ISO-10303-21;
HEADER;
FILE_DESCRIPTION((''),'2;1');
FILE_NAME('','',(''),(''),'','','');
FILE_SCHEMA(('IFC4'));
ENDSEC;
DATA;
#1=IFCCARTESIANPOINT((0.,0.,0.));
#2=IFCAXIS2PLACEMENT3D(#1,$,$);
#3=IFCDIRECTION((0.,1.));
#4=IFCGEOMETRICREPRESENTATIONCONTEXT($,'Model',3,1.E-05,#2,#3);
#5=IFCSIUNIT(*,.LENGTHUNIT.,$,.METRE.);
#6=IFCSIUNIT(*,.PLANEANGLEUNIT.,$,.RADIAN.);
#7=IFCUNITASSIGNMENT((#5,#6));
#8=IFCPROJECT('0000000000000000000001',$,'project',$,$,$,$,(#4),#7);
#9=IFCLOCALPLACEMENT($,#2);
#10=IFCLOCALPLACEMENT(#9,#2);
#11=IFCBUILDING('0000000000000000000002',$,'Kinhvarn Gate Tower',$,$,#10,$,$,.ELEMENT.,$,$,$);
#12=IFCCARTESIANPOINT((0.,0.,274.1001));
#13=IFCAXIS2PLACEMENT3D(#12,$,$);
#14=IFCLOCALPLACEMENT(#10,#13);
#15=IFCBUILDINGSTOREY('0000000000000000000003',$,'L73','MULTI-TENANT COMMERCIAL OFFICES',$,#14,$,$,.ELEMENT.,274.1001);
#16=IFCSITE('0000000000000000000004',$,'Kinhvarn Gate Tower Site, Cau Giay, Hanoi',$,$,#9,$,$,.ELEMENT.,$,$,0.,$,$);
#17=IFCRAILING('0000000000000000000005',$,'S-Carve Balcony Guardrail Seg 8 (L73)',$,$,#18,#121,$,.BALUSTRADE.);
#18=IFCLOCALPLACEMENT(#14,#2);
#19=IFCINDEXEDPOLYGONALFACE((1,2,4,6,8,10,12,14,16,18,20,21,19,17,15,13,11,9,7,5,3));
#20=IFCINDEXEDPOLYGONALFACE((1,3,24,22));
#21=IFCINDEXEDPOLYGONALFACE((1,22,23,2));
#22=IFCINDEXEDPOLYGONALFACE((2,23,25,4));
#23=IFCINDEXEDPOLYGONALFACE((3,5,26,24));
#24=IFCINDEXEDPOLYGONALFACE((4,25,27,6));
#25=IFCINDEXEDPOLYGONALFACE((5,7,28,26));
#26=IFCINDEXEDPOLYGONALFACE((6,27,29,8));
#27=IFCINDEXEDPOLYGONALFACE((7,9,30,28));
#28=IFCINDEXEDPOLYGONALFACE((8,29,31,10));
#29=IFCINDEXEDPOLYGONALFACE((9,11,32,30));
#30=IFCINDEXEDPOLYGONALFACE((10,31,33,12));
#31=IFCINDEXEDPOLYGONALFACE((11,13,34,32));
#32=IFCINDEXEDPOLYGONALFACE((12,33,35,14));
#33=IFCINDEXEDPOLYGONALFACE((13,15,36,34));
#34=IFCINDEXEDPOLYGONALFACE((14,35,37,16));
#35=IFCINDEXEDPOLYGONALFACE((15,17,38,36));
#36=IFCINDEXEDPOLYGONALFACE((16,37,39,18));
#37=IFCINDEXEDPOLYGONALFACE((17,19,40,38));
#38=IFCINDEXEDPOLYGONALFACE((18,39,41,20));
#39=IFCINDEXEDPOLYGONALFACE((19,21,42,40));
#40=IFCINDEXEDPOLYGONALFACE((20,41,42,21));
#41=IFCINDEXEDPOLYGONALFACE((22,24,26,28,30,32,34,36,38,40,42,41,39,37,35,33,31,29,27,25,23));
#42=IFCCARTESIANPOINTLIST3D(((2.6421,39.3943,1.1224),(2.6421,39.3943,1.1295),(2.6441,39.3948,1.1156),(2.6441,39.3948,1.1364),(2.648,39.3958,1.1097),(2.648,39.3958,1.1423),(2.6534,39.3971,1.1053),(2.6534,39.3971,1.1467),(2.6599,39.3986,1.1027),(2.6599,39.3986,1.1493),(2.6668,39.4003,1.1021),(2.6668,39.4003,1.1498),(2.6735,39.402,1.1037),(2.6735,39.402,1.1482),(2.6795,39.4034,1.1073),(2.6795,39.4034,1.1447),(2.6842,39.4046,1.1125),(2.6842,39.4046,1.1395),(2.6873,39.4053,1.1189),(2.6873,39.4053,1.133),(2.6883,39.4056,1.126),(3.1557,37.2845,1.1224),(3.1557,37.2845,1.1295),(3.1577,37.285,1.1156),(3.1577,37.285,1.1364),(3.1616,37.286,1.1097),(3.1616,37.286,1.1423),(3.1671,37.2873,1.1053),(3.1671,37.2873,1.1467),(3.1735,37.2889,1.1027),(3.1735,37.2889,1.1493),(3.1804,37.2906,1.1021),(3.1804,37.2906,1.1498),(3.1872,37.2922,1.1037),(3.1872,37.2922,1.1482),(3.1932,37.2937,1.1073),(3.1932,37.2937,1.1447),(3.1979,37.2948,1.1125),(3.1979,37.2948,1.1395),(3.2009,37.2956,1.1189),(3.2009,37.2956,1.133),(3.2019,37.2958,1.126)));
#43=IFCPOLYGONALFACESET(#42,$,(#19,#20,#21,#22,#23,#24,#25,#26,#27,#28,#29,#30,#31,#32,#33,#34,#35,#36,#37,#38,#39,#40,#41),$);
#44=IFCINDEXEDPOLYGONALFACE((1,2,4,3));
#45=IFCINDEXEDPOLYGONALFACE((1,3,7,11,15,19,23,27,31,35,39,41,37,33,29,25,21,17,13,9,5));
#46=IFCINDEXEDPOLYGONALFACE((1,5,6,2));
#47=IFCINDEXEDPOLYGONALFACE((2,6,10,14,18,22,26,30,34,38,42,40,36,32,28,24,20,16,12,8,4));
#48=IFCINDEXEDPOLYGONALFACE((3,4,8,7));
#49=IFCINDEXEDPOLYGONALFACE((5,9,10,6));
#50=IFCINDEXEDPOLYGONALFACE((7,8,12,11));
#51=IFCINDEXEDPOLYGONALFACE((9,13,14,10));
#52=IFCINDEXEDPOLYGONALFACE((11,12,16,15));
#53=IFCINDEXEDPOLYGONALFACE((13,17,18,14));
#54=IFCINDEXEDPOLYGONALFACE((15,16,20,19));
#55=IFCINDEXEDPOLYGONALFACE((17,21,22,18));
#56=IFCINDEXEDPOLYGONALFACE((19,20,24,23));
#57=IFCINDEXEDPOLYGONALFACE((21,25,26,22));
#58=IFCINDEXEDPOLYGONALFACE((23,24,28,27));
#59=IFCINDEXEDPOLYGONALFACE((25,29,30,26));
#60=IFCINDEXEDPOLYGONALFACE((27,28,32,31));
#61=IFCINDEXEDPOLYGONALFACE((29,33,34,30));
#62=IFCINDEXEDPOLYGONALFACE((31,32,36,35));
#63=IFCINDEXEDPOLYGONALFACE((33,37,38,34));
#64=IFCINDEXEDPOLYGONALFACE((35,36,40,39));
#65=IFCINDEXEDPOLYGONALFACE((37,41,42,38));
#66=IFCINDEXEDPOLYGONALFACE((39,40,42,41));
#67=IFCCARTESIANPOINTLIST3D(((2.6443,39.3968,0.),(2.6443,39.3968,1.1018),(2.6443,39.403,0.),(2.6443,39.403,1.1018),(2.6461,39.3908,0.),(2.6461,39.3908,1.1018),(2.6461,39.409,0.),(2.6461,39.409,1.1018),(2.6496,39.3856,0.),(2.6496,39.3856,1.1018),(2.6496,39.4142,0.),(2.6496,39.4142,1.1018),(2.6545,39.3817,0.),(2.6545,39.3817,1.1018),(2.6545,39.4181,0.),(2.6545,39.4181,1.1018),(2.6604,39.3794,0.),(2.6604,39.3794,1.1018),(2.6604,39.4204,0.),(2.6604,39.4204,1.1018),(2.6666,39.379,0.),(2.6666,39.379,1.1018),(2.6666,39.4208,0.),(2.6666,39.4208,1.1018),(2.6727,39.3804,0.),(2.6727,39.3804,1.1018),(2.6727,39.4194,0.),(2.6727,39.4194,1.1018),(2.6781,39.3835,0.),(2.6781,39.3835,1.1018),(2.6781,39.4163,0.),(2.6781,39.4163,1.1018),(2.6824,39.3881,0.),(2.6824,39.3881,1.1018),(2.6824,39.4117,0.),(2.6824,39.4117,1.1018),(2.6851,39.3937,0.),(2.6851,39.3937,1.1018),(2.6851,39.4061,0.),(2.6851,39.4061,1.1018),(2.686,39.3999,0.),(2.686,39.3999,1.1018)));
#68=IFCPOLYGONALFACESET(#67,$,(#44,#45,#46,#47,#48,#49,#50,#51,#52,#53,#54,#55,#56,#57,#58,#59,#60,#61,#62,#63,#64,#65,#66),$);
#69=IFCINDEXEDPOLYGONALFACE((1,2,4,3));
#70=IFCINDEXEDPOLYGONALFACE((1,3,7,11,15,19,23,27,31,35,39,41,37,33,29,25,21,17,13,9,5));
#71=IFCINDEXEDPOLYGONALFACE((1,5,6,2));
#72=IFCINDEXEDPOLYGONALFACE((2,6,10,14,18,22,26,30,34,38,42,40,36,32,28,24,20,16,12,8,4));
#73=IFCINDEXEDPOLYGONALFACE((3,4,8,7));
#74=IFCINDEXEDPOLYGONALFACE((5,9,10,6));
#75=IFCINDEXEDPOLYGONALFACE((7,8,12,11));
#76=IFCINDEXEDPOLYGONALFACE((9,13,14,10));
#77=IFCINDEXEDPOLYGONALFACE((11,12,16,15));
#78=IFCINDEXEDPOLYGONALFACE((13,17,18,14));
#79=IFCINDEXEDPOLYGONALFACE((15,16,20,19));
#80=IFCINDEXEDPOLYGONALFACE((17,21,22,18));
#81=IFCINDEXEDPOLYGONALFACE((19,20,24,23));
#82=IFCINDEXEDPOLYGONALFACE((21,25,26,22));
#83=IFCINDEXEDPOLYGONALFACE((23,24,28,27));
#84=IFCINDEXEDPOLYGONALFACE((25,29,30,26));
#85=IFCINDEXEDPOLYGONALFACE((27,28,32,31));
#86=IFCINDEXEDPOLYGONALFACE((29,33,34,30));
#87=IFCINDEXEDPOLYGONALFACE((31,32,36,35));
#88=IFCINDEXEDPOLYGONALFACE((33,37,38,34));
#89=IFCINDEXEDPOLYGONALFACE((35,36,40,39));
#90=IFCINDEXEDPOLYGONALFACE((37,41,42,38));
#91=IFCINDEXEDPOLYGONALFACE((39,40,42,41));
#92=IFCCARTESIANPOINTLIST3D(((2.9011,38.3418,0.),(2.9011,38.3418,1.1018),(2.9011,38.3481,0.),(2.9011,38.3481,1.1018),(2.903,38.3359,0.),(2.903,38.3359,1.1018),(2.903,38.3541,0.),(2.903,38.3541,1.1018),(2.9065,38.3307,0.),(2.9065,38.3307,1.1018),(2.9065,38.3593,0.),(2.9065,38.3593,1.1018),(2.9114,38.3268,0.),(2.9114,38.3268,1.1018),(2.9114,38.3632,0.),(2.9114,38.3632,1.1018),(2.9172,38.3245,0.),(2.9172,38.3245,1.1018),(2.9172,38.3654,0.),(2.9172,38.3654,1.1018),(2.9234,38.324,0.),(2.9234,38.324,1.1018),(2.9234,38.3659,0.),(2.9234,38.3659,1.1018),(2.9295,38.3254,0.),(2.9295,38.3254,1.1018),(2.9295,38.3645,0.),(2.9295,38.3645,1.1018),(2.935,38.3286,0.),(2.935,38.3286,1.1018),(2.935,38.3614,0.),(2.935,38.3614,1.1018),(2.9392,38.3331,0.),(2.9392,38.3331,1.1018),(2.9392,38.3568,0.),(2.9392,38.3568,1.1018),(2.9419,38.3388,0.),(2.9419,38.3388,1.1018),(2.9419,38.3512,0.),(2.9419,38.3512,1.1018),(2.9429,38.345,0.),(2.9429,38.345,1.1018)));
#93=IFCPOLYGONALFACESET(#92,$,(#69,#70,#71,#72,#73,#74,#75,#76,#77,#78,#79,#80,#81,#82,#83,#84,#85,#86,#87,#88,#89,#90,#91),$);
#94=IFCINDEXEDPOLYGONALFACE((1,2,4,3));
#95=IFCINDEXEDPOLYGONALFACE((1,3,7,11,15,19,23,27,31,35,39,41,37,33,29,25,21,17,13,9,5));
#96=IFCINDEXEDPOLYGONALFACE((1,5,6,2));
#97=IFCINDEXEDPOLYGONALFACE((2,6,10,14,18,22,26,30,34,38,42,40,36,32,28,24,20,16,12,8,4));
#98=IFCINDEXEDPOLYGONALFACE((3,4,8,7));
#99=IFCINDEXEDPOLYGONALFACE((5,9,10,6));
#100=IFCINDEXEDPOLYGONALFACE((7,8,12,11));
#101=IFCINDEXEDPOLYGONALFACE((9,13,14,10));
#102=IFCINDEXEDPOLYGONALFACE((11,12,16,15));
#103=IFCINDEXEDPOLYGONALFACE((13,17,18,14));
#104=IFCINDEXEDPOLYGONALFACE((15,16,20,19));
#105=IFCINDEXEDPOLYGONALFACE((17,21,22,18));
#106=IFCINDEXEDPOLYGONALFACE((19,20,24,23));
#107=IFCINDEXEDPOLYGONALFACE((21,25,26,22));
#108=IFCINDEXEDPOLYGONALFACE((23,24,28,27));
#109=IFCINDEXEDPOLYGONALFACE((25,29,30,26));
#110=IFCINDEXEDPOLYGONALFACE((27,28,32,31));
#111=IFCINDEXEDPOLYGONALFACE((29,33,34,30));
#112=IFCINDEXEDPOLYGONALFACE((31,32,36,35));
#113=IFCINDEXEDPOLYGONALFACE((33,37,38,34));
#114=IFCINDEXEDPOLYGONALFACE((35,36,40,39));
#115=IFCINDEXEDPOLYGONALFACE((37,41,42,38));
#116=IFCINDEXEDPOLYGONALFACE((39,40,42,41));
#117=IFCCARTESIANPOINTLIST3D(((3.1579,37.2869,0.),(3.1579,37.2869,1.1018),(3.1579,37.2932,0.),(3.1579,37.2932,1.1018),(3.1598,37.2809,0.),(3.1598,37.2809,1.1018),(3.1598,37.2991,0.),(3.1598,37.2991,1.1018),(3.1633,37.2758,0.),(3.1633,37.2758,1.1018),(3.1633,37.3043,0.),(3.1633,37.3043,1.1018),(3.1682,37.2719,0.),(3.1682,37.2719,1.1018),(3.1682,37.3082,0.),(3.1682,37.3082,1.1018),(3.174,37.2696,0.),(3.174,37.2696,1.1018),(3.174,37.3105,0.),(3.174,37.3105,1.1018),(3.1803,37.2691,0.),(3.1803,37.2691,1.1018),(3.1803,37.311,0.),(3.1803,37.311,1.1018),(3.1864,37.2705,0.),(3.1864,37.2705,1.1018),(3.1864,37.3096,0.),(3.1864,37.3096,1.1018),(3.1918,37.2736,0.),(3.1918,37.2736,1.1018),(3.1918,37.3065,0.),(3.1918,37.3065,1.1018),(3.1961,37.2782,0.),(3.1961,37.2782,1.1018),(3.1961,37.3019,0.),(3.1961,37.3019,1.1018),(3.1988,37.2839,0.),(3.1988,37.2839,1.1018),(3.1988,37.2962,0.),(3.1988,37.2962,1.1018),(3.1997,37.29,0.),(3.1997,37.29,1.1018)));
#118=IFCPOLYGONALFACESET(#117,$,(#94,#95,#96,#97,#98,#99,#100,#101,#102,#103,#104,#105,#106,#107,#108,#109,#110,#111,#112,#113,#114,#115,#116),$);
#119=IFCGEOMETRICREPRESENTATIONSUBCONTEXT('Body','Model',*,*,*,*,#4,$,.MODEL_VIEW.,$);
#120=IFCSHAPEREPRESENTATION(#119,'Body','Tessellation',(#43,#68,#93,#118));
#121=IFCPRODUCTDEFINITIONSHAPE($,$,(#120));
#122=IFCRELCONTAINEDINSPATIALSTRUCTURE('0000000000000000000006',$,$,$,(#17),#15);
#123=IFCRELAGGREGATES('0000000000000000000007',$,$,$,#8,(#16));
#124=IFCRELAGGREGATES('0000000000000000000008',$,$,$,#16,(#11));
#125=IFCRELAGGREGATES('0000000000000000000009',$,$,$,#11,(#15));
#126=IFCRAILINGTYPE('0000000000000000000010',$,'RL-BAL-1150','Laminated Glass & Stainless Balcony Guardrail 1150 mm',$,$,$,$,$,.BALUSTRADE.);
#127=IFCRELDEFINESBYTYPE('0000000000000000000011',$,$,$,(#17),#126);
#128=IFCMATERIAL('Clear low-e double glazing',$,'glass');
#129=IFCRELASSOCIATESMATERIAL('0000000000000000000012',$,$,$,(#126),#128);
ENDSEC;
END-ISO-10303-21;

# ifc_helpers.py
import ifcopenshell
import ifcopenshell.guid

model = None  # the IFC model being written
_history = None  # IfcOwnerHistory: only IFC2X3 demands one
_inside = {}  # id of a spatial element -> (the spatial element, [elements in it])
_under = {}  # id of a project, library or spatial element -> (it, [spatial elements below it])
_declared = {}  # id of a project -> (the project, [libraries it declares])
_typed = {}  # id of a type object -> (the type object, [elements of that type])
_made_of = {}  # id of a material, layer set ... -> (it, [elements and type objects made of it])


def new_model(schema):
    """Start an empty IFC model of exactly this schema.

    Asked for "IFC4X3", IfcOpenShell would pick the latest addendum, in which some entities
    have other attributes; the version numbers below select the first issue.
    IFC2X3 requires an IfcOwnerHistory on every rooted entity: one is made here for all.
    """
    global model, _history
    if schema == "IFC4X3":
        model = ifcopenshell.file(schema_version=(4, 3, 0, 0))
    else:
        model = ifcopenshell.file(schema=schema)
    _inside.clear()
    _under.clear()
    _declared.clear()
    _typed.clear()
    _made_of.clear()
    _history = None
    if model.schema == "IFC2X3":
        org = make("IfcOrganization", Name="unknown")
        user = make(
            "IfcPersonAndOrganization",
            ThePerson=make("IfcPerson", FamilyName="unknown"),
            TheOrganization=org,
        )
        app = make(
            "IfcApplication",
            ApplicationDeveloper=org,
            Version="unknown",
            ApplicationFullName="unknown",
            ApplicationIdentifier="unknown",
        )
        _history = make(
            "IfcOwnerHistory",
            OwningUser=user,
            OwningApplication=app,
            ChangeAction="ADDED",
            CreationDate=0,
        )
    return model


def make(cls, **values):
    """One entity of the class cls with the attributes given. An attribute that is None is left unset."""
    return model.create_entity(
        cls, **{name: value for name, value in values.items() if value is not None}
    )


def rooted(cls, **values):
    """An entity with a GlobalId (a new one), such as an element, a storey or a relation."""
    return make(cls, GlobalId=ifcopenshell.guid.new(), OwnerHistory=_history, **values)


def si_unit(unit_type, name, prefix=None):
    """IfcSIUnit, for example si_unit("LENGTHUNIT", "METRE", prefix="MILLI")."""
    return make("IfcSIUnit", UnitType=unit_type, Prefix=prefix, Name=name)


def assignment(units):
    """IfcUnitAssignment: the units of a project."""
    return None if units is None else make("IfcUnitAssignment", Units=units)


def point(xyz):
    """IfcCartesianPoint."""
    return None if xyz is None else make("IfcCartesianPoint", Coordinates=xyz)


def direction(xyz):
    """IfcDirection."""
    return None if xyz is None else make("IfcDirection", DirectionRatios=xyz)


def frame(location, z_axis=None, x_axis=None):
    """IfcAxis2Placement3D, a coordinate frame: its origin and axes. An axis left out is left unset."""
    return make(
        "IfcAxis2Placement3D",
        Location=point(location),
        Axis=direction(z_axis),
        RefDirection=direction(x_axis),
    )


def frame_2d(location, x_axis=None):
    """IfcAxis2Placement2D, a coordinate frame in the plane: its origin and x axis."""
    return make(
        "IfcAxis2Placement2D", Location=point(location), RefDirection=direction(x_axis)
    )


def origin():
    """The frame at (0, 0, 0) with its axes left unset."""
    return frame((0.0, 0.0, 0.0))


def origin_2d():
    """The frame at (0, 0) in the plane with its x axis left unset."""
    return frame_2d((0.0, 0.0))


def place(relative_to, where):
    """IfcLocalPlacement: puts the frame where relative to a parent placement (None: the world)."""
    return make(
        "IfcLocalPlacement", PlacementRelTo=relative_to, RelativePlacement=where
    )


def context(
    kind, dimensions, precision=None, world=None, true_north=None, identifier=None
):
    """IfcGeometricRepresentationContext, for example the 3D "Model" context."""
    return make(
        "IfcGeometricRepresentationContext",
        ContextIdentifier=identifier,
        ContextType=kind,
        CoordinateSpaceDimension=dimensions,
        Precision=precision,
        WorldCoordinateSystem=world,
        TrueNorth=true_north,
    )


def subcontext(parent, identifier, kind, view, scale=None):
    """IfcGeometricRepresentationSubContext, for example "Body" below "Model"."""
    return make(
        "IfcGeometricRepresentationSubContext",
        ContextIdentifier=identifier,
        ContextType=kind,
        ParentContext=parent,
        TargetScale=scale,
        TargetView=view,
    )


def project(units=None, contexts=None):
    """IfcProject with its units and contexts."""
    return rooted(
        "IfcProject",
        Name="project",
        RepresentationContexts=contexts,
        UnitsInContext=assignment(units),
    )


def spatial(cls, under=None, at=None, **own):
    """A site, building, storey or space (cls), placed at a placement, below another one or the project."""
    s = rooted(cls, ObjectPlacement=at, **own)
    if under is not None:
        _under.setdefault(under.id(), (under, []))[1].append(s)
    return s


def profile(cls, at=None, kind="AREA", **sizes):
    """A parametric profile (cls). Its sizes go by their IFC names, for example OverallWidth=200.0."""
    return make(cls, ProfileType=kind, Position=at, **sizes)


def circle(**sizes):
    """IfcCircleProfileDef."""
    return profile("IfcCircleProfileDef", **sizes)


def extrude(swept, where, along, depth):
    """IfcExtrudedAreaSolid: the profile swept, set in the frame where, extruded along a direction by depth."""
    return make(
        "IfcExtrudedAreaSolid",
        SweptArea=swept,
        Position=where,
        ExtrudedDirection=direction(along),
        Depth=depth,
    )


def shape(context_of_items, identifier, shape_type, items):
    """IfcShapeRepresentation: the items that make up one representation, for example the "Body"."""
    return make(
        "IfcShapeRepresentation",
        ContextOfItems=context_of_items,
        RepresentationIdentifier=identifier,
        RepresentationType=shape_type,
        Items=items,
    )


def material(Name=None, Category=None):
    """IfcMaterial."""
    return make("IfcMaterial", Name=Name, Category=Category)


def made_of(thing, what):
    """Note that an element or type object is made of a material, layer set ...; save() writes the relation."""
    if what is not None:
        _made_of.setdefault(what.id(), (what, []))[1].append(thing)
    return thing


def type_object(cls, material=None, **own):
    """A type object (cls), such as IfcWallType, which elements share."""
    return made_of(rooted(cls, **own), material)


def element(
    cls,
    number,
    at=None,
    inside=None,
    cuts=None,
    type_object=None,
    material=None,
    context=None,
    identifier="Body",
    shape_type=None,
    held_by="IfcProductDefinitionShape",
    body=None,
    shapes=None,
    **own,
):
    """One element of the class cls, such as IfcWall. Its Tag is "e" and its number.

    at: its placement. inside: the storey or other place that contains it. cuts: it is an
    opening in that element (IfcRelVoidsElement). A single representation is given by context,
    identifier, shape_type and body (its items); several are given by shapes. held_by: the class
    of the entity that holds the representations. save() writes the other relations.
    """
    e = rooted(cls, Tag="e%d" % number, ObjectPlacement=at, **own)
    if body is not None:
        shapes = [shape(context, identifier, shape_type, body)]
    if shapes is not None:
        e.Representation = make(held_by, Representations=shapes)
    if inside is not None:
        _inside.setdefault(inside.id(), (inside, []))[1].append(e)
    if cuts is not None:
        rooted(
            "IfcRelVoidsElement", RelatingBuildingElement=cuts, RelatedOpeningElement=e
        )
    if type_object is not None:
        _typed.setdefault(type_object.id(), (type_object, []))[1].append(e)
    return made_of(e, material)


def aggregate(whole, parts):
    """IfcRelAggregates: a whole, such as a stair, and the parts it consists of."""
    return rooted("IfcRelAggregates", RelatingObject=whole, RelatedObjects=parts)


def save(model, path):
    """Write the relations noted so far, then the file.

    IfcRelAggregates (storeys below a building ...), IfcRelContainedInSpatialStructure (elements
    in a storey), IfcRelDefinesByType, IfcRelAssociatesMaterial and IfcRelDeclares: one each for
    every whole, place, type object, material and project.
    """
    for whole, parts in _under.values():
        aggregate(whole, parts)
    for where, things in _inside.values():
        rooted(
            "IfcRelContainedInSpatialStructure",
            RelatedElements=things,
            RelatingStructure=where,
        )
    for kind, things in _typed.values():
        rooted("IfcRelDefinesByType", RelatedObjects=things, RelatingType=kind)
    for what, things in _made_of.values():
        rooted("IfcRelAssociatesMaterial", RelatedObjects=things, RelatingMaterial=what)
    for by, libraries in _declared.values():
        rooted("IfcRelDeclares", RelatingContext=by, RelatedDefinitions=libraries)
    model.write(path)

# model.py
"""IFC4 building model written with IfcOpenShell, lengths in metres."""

from ifc_helpers import new_model, si_unit, direction, frame, origin, origin_2d, place, context, subcontext, project, spatial, circle, extrude, material, type_object, element, save


model = new_model("IFC4")

# Units and contexts
model_context = context("Model", 3, precision=1e-05, world=origin(), true_north=direction((0.0, 1.0)))
body_context = subcontext(model_context, "Body", "Model", "MODEL_VIEW")
ifc_project = project(units=[si_unit("LENGTHUNIT", "METRE"), si_unit("PLANEANGLEUNIT", "RADIAN")], contexts=[model_context])

# Site, building, storey
site_placement = place(None, origin())
site = spatial("IfcSite", under=ifc_project, at=site_placement, Name="Kinhvarn Gate Tower Site, Cau Giay, Hanoi", CompositionType="ELEMENT", RefElevation=0.0)
building_placement = place(site_placement, origin())
building = spatial("IfcBuilding", under=site, at=building_placement, Name="Kinhvarn Gate Tower", CompositionType="ELEMENT")
storey_placement = place(building_placement, frame((0.0, 0.0, 274.1001)))
storey = spatial("IfcBuildingStorey", under=building, at=storey_placement, Name="L73", Description="MULTI-TENANT COMMERCIAL OFFICES", CompositionType="ELEMENT", Elevation=274.1001)

# Shared definitions
ifc_material_1 = material(Name="Clear low-e double glazing", Category="glass")

# Railing
railing_type = type_object("IfcRailingType", Name="RL-BAL-1150", Description="Laminated Glass & Stainless Balcony Guardrail 1150 mm", PredefinedType="BALUSTRADE", material=ifc_material_1)
railing_1_placement = place(storey_placement, frame((2.665, 39.3999, 0.0)))
element("IfcRailing", 1, at=railing_1_placement, inside=storey, type_object=railing_type, Name="S-Carve Balcony Guardrail Seg 8 (L73)", PredefinedType="BALUSTRADE", context=body_context, shape_type="SweptSolid", body=[
    extrude(circle(Radius=0.0239, at=origin_2d()), frame((0.0, 0.0, 1.126), z_axis=(0.236552, -0.971619, 0.0), x_axis=(0.971619, 0.236552, 0.0)), (0.0, 0.0, 1.0), 2.1714),
    extrude(circle(Radius=0.021, at=origin_2d()), origin(), (0.0, 0.0, 1.0), 1.1018),
    extrude(circle(Radius=0.021, at=origin_2d()), frame((0.2568, -1.0549, 0.0)), (0.0, 0.0, 1.0), 1.1018),
    extrude(circle(Radius=0.021, at=origin_2d()), frame((0.5137, -2.1099, 0.0)), (0.0, 0.0, 1.0), 1.1018),
])

save(model, "model.ifc")
